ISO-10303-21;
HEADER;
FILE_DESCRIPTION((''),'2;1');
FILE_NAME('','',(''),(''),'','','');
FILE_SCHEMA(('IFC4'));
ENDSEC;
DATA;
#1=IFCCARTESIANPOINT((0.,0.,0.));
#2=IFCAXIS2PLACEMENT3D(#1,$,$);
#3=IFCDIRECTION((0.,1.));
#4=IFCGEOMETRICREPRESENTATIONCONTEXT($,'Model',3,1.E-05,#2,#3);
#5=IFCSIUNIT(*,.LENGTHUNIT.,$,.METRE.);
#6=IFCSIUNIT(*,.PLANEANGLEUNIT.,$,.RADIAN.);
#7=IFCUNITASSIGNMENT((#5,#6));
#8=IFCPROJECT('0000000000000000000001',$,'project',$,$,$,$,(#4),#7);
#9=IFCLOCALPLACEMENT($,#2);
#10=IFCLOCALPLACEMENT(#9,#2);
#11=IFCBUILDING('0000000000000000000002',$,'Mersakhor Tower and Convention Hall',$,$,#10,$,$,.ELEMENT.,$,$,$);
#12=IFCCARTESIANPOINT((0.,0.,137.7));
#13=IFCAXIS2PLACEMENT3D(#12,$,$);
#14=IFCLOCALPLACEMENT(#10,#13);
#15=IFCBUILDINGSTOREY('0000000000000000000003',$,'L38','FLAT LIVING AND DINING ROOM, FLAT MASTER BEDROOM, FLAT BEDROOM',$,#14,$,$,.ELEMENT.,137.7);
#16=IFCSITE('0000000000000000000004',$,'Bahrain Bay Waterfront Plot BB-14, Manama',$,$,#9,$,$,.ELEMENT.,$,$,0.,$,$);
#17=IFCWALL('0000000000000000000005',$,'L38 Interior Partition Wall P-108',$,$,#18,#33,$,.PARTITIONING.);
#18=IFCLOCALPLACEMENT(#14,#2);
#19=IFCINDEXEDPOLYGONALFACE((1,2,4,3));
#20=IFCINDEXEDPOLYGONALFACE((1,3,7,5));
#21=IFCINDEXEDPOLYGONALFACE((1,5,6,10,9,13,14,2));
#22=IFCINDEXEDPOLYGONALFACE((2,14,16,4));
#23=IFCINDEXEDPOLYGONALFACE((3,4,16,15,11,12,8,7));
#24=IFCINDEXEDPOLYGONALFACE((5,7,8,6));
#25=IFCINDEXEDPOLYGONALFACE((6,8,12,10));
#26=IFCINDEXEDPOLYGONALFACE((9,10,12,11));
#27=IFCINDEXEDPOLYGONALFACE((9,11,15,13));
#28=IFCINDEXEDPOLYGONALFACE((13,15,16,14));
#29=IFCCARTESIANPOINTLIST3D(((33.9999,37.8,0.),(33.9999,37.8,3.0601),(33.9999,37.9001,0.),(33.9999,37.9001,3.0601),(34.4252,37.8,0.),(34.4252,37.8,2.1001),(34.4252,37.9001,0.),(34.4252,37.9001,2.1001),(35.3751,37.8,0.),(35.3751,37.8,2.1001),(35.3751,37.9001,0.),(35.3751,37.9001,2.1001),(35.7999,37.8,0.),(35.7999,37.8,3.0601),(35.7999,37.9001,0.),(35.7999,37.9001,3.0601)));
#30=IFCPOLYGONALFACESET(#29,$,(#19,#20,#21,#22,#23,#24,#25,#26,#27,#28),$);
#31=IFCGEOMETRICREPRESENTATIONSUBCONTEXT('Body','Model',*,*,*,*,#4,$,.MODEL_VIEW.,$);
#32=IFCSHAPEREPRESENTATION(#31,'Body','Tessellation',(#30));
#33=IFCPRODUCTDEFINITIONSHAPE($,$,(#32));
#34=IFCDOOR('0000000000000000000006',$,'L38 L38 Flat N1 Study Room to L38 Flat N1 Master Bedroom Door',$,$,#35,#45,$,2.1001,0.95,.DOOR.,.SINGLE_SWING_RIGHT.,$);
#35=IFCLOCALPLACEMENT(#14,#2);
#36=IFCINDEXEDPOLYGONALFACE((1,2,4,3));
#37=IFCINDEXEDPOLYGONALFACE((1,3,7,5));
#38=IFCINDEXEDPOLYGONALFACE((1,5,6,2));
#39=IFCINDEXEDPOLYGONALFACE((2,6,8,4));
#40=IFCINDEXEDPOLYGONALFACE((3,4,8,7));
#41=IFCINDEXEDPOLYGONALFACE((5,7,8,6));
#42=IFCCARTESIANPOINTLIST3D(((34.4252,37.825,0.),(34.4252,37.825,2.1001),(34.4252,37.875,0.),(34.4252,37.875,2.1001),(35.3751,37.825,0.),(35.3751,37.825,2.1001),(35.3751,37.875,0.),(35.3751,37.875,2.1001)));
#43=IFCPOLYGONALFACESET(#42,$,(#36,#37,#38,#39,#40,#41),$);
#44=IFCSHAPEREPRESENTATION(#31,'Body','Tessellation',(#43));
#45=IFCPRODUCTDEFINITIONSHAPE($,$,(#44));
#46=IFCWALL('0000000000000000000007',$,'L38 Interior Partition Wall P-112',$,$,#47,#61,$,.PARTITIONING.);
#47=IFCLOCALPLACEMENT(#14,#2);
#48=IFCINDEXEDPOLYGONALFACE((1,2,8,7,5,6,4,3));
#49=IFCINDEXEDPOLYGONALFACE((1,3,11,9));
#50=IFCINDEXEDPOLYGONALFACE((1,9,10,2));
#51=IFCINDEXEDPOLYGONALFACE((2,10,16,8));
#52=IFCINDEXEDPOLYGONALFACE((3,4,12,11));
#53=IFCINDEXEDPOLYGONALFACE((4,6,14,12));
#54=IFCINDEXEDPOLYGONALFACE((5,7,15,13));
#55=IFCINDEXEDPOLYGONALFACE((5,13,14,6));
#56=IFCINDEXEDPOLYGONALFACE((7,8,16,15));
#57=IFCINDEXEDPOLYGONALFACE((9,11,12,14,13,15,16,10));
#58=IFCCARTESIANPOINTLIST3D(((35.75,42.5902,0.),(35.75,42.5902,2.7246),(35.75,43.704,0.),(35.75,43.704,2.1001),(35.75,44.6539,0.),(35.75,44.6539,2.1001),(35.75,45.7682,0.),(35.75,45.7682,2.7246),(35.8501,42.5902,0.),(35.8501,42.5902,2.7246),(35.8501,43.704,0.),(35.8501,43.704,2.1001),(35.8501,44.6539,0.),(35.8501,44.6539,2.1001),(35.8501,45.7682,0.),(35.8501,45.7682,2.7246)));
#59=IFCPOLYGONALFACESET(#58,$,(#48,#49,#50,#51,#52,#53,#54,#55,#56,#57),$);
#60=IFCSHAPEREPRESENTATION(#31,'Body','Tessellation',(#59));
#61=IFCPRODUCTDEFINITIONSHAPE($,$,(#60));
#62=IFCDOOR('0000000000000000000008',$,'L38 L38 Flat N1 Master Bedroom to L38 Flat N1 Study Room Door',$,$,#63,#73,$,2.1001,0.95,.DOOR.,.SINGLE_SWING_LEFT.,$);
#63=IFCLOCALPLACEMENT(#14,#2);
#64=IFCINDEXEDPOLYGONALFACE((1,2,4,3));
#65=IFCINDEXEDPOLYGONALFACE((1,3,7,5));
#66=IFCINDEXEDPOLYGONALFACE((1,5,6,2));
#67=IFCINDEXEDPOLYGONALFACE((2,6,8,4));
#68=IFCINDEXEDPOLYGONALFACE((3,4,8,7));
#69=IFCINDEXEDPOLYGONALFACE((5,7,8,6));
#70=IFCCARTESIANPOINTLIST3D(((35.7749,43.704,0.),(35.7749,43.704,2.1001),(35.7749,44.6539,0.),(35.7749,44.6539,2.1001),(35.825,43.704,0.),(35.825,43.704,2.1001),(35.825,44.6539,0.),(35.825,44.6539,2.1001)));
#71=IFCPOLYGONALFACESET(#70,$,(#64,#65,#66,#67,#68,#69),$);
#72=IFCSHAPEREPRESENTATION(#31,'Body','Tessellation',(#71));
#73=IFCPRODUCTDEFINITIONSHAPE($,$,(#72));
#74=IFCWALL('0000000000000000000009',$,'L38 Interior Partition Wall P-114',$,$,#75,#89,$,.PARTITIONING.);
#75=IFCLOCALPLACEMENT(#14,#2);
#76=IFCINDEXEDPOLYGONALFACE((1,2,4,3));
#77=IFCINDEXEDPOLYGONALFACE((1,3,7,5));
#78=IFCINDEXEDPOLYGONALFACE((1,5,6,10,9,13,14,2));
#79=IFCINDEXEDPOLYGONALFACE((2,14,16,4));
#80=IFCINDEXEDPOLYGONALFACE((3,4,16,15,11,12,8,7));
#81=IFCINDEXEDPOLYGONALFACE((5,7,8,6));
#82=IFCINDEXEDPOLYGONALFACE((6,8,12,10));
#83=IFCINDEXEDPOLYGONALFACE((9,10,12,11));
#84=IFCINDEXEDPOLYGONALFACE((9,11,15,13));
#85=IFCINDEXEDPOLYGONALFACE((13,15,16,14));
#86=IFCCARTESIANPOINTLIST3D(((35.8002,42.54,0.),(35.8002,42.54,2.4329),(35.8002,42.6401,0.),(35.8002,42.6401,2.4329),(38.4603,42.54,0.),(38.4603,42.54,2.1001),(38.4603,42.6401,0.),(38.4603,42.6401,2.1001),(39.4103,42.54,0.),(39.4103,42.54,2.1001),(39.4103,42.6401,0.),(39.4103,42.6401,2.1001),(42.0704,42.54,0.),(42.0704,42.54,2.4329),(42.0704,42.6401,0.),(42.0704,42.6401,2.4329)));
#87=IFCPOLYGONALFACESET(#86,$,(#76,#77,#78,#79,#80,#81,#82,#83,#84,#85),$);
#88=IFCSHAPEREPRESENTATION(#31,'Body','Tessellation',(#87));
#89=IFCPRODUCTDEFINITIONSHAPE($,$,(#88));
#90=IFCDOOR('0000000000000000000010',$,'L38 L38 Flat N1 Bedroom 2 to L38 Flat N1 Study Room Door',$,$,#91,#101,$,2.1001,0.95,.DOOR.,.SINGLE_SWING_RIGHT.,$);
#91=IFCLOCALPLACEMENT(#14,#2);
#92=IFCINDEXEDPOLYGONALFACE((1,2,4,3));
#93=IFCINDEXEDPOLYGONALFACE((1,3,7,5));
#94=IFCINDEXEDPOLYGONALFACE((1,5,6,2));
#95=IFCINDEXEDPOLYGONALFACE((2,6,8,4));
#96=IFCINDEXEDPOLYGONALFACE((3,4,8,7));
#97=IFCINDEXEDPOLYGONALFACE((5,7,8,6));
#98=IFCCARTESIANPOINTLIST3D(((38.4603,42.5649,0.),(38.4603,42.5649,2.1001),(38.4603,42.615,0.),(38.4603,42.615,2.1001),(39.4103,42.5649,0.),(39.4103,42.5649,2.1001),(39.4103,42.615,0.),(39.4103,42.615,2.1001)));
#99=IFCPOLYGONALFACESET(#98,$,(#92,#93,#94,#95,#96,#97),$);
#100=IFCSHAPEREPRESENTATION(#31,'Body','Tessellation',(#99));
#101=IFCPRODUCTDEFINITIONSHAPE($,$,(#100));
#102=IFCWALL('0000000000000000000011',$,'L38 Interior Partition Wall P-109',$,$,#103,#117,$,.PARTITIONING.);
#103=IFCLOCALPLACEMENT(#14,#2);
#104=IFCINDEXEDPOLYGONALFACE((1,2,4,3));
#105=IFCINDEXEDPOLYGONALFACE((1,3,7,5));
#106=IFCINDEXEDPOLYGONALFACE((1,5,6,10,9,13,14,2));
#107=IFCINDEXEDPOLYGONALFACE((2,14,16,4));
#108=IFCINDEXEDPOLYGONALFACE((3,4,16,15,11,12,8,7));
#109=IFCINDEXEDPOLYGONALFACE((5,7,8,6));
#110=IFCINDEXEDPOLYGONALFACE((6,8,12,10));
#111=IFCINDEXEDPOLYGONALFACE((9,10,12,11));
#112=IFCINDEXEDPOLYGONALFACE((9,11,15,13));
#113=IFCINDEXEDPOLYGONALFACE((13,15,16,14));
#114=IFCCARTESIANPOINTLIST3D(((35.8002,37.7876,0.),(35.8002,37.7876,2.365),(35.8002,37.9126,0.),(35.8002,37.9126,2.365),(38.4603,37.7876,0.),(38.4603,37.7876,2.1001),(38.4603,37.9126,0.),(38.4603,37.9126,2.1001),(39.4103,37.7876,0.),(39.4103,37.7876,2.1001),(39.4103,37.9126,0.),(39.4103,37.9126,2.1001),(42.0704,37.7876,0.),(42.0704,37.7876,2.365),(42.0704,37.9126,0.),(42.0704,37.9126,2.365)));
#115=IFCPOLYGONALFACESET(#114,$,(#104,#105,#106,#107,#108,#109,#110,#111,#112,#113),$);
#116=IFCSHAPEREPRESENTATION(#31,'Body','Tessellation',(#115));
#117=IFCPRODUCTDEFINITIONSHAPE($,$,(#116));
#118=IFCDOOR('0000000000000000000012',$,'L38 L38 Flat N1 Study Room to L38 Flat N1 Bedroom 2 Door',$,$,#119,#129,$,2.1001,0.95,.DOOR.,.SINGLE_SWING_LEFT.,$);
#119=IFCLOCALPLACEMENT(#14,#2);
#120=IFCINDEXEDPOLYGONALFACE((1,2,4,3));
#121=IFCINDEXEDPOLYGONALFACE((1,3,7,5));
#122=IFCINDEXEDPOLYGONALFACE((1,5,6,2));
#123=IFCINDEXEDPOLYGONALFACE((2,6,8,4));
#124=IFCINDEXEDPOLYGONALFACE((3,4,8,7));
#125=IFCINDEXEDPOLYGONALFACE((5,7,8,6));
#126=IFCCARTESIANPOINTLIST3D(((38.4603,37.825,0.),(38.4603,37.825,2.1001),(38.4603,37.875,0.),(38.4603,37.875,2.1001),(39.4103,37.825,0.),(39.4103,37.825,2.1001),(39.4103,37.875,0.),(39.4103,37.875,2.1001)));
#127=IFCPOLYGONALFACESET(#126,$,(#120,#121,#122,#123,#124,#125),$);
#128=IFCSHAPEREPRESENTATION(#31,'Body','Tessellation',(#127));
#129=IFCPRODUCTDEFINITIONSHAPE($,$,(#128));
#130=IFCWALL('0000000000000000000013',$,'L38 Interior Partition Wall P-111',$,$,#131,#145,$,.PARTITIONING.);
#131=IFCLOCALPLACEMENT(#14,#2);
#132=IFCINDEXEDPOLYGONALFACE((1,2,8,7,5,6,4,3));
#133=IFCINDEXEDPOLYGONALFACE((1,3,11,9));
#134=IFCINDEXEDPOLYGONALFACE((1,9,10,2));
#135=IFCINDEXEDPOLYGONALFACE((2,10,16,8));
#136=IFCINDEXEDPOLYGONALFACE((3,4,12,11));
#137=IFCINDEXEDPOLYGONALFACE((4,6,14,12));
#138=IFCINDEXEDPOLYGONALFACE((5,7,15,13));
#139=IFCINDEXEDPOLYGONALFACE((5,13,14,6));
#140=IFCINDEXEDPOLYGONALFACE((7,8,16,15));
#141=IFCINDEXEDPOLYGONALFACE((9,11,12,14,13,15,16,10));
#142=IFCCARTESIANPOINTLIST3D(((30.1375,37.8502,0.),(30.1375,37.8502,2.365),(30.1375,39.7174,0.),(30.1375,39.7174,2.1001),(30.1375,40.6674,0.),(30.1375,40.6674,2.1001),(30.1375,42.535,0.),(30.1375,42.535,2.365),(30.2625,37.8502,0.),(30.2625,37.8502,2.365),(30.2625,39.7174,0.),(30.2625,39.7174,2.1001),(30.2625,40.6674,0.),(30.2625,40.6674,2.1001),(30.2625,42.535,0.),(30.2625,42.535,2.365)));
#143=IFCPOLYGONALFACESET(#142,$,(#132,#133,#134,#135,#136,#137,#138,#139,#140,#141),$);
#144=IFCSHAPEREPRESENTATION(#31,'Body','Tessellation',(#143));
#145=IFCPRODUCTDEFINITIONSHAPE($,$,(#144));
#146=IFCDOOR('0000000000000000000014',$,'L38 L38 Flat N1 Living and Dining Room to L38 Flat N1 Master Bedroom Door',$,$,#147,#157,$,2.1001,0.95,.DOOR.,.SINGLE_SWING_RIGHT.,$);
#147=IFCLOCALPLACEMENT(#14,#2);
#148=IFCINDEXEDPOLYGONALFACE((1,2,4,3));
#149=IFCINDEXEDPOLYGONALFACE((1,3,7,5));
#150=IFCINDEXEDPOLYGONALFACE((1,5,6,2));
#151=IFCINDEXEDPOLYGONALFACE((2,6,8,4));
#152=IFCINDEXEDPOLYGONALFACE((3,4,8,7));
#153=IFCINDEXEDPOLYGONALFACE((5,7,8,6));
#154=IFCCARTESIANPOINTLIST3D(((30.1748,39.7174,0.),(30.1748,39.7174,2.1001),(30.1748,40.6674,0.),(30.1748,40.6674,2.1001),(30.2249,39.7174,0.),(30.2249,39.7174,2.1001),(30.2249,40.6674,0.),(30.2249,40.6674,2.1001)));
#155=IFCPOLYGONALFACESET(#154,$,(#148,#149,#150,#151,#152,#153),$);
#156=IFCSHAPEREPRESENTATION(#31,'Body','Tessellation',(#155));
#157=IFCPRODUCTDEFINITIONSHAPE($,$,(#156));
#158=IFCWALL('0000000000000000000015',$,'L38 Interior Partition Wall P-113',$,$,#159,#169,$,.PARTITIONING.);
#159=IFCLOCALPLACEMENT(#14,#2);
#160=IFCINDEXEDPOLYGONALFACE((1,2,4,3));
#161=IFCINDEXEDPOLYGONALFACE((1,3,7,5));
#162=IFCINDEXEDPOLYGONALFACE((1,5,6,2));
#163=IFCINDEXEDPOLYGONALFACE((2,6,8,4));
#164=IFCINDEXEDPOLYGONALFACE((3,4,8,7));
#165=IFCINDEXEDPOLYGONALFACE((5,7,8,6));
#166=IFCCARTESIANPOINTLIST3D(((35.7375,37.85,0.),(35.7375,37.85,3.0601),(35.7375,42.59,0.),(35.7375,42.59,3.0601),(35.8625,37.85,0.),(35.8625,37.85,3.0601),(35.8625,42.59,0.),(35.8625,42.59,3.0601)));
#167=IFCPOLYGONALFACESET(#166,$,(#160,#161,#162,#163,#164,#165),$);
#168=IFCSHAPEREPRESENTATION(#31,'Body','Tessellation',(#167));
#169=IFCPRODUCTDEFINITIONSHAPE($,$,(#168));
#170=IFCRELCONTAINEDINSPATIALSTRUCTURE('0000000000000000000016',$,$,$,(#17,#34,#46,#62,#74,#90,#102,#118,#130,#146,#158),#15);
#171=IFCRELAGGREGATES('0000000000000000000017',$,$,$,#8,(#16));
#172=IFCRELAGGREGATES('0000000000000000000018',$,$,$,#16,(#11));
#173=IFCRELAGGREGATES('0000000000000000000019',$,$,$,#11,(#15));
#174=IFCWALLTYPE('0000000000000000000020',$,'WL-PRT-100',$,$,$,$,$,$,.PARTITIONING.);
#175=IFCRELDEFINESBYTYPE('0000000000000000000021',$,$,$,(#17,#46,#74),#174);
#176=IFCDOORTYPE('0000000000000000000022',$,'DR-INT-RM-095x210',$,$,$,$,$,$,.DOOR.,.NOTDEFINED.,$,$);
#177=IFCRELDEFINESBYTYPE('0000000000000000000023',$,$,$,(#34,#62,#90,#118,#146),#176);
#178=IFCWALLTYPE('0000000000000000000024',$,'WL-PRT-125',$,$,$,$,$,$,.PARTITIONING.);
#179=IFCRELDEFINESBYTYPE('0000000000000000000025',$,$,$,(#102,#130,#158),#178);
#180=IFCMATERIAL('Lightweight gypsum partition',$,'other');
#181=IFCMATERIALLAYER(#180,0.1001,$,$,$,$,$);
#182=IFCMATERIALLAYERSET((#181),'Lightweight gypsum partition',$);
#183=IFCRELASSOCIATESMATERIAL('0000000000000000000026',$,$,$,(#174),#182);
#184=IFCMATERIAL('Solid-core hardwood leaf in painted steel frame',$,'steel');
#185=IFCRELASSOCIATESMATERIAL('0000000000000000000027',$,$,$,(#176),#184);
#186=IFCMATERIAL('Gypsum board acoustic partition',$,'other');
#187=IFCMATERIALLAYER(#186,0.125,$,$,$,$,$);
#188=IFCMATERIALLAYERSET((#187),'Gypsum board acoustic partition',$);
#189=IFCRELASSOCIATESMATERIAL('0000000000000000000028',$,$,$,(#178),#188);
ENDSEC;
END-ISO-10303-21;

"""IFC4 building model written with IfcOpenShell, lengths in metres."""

from ifc_helpers import new_model, si_unit, direction, frame, frame_2d, origin, place, context, subcontext, project, spatial, rectangle, extrude, material, layer, layer_set, type_object, element, fill, save


model = new_model("IFC4")

# Units and contexts
model_context = context("Model", 3, precision=1e-05, world=origin(), true_north=direction((0.0, 1.0)))
body_context = subcontext(model_context, "Body", "Model", "MODEL_VIEW")
ifc_project = project(units=[si_unit("LENGTHUNIT", "METRE"), si_unit("PLANEANGLEUNIT", "RADIAN")], contexts=[model_context])

# Site, building, storey
site_placement = place(None, origin())
site = spatial("IfcSite", under=ifc_project, at=site_placement, Name="Bahrain Bay Waterfront Plot BB-14, Manama", CompositionType="ELEMENT", RefElevation=0.0)
building_placement = place(site_placement, origin())
building = spatial("IfcBuilding", under=site, at=building_placement, Name="Mersakhor Tower and Convention Hall", CompositionType="ELEMENT")
storey_placement = place(building_placement, frame((0.0, 0.0, 137.7)))
storey = spatial("IfcBuildingStorey", under=building, at=storey_placement, Name="L38", Description="FLAT LIVING AND DINING ROOM, FLAT MASTER BEDROOM, FLAT BEDROOM", CompositionType="ELEMENT", Elevation=137.7)

# Walls, openings, doors
ifc_material_1 = material(Name="Lightweight gypsum partition", Category="other")
ifc_layer_1 = layer(ifc_material_1, 0.1001)
ifc_layer_set_1 = layer_set([ifc_layer_1], Name="Lightweight gypsum partition")
wall_type_1 = type_object("IfcWallType", Name="WL-PRT-100", PredefinedType="PARTITIONING", material=ifc_layer_set_1)
wall_1_placement = place(storey_placement, frame((34.0, 37.8501, 0.0), z_axis=(0.0, 0.0, 1.0), x_axis=(1.0, 0.0, 0.0)))
wall_1 = element("IfcWall", 1, at=wall_1_placement, inside=storey, type_object=wall_type_1, Name="L38 Interior Partition Wall P-108", PredefinedType="PARTITIONING", context=body_context, shape_type="SweptSolid", body=[
    extrude(rectangle(XDim=1.8, YDim=0.1001, at=frame_2d((0.8999, 0.0))), origin(), (0.0, 0.0, 1.0), 3.0601),
])
opening_1_placement = place(wall_1_placement, frame((0.425, 0.0, 0.0)))
opening_1 = element("IfcOpeningElement", 2, at=opening_1_placement, cuts=wall_1, PredefinedType="OPENING", context=body_context, shape_type="SweptSolid", body=[
    extrude(rectangle(XDim=0.95, YDim=2.1001, at=frame_2d((0.4751, 1.05))), frame((0.0, 0.0601, 0.0), z_axis=(0.0, -1.0, 0.0), x_axis=(1.0, 0.0, 0.0)), (0.0, 0.0, 1.0), 0.1201),
])
ifc_material_2 = material(Name="Solid-core hardwood leaf in painted steel frame", Category="steel")
door_type_1 = type_object("IfcDoorType", Name="DR-INT-RM-095x210", OperationType="NOTDEFINED", PredefinedType="DOOR", material=ifc_material_2)
door_1_placement = place(opening_1_placement, origin())
door_1 = element("IfcDoor", 3, at=door_1_placement, inside=storey, type_object=door_type_1, Name="L38 L38 Flat N1 Study Room to L38 Flat N1 Master Bedroom Door", OperationType="SINGLE_SWING_RIGHT", OverallHeight=2.1001, OverallWidth=0.95, PredefinedType="DOOR", context=body_context, shape_type="SweptSolid", body=[
    extrude(rectangle(XDim=0.95, YDim=2.1001, at=frame_2d((0.4751, 1.05))), frame((0.0, 0.0249, 0.0), z_axis=(0.0, -1.0, 0.0), x_axis=(1.0, 0.0, 0.0)), (0.0, 0.0, 1.0), 0.05),
])
fill(opening_1, door_1)
wall_2_placement = place(storey_placement, frame((35.8, 45.7681, 0.0), z_axis=(0.0, 0.0, 1.0), x_axis=(0.0, -1.0, 0.0)))
wall_2 = element("IfcWall", 4, at=wall_2_placement, inside=storey, type_object=wall_type_1, Name="L38 Interior Partition Wall P-112", PredefinedType="PARTITIONING", context=body_context, shape_type="SweptSolid", body=[
    extrude(rectangle(XDim=3.178, YDim=0.1001, at=frame_2d((1.5889, 0.0))), origin(), (0.0, 0.0, 1.0), 2.7246),
])
opening_2_placement = place(wall_2_placement, frame((1.114, 0.0, 0.0)))
opening_2 = element("IfcOpeningElement", 5, at=opening_2_placement, cuts=wall_2, PredefinedType="OPENING", context=body_context, shape_type="SweptSolid", body=[
    extrude(rectangle(XDim=0.95, YDim=2.1001, at=frame_2d((0.4751, 1.05))), frame((0.0, 0.0601, 0.0), z_axis=(0.0, -1.0, 0.0), x_axis=(1.0, 0.0, 0.0)), (0.0, 0.0, 1.0), 0.1201),
])
door_2_placement = place(opening_2_placement, origin())
door_2 = element("IfcDoor", 6, at=door_2_placement, inside=storey, type_object=door_type_1, Name="L38 L38 Flat N1 Master Bedroom to L38 Flat N1 Study Room Door", OperationType="SINGLE_SWING_LEFT", OverallHeight=2.1001, OverallWidth=0.95, PredefinedType="DOOR", context=body_context, shape_type="SweptSolid", body=[
    extrude(rectangle(XDim=0.95, YDim=2.1001, at=frame_2d((0.4751, 1.05))), frame((0.0, 0.0249, 0.0), z_axis=(0.0, -1.0, 0.0), x_axis=(1.0, 0.0, 0.0)), (0.0, 0.0, 1.0), 0.05),
])
fill(opening_2, door_2)
wall_3_placement = place(storey_placement, frame((35.8, 42.5901, 0.0), z_axis=(0.0, 0.0, 1.0), x_axis=(1.0, 0.0, 0.0)))
wall_3 = element("IfcWall", 7, at=wall_3_placement, inside=storey, type_object=wall_type_1, Name="L38 Interior Partition Wall P-114", PredefinedType="PARTITIONING", context=body_context, shape_type="SweptSolid", body=[
    extrude(rectangle(XDim=6.2703, YDim=0.1001, at=frame_2d((3.1353, 0.0))), origin(), (0.0, 0.0, 1.0), 2.4329),
])
opening_3_placement = place(wall_3_placement, frame((2.6602, 0.0, 0.0)))
opening_3 = element("IfcOpeningElement", 8, at=opening_3_placement, cuts=wall_3, PredefinedType="OPENING", context=body_context, shape_type="SweptSolid", body=[
    extrude(rectangle(XDim=0.95, YDim=2.1001, at=frame_2d((0.4751, 1.05))), frame((0.0, 0.0601, 0.0), z_axis=(0.0, -1.0, 0.0), x_axis=(1.0, 0.0, 0.0)), (0.0, 0.0, 1.0), 0.1201),
])
door_3_placement = place(opening_3_placement, origin())
door_3 = element("IfcDoor", 9, at=door_3_placement, inside=storey, type_object=door_type_1, Name="L38 L38 Flat N1 Bedroom 2 to L38 Flat N1 Study Room Door", OperationType="SINGLE_SWING_RIGHT", OverallHeight=2.1001, OverallWidth=0.95, PredefinedType="DOOR", context=body_context, shape_type="SweptSolid", body=[
    extrude(rectangle(XDim=0.95, YDim=2.1001, at=frame_2d((0.4751, 1.05))), frame((0.0, 0.0249, 0.0), z_axis=(0.0, -1.0, 0.0), x_axis=(1.0, 0.0, 0.0)), (0.0, 0.0, 1.0), 0.05),
])
fill(opening_3, door_3)
ifc_material_3 = material(Name="Gypsum board acoustic partition", Category="other")
ifc_layer_2 = layer(ifc_material_3, 0.125)
ifc_layer_set_2 = layer_set([ifc_layer_2], Name="Gypsum board acoustic partition")
wall_type_2 = type_object("IfcWallType", Name="WL-PRT-125", PredefinedType="PARTITIONING", material=ifc_layer_set_2)
wall_4_placement = place(storey_placement, frame((35.8, 37.8501, 0.0), z_axis=(0.0, 0.0, 1.0), x_axis=(1.0, 0.0, 0.0)))
wall_4 = element("IfcWall", 10, at=wall_4_placement, inside=storey, type_object=wall_type_2, Name="L38 Interior Partition Wall P-109", PredefinedType="PARTITIONING", context=body_context, shape_type="SweptSolid", body=[
    extrude(rectangle(XDim=6.2703, YDim=0.125, at=frame_2d((3.1353, 0.0))), origin(), (0.0, 0.0, 1.0), 2.365),
])
opening_4_placement = place(wall_4_placement, frame((2.6602, 0.0, 0.0)))
opening_4 = element("IfcOpeningElement", 11, at=opening_4_placement, cuts=wall_4, PredefinedType="OPENING", context=body_context, shape_type="SweptSolid", body=[
    extrude(rectangle(XDim=0.95, YDim=2.1001, at=frame_2d((0.4751, 1.05))), frame((0.0, 0.0725, 0.0), z_axis=(0.0, -1.0, 0.0), x_axis=(1.0, 0.0, 0.0)), (0.0, 0.0, 1.0), 0.145),
])
door_4_placement = place(opening_4_placement, origin())
door_4 = element("IfcDoor", 12, at=door_4_placement, inside=storey, type_object=door_type_1, Name="L38 L38 Flat N1 Study Room to L38 Flat N1 Bedroom 2 Door", OperationType="SINGLE_SWING_LEFT", OverallHeight=2.1001, OverallWidth=0.95, PredefinedType="DOOR", context=body_context, shape_type="SweptSolid", body=[
    extrude(rectangle(XDim=0.95, YDim=2.1001, at=frame_2d((0.4751, 1.05))), frame((0.0, 0.0249, 0.0), z_axis=(0.0, -1.0, 0.0), x_axis=(1.0, 0.0, 0.0)), (0.0, 0.0, 1.0), 0.05),
])
fill(opening_4, door_4)
wall_5_placement = place(storey_placement, frame((30.2, 42.5349, 0.0), z_axis=(0.0, 0.0, 1.0), x_axis=(0.0, -1.0, 0.0)))
wall_5 = element("IfcWall", 13, at=wall_5_placement, inside=storey, type_object=wall_type_2, Name="L38 Interior Partition Wall P-111", PredefinedType="PARTITIONING", context=body_context, shape_type="SweptSolid", body=[
    extrude(rectangle(XDim=4.6848, YDim=0.125, at=frame_2d((2.3423, 0.0))), origin(), (0.0, 0.0, 1.0), 2.365),
])
opening_5_placement = place(wall_5_placement, frame((1.8674, 0.0, 0.0)))
opening_5 = element("IfcOpeningElement", 14, at=opening_5_placement, cuts=wall_5, PredefinedType="OPENING", context=body_context, shape_type="SweptSolid", body=[
    extrude(rectangle(XDim=0.95, YDim=2.1001, at=frame_2d((0.4751, 1.05))), frame((0.0, 0.0725, 0.0), z_axis=(0.0, -1.0, 0.0), x_axis=(1.0, 0.0, 0.0)), (0.0, 0.0, 1.0), 0.145),
])
door_5_placement = place(opening_5_placement, origin())
door_5 = element("IfcDoor", 15, at=door_5_placement, inside=storey, type_object=door_type_1, Name="L38 L38 Flat N1 Living and Dining Room to L38 Flat N1 Master Bedroom Door", OperationType="SINGLE_SWING_RIGHT", OverallHeight=2.1001, OverallWidth=0.95, PredefinedType="DOOR", context=body_context, shape_type="SweptSolid", body=[
    extrude(rectangle(XDim=0.95, YDim=2.1001, at=frame_2d((0.4751, 1.05))), frame((0.0, 0.0249, 0.0), z_axis=(0.0, -1.0, 0.0), x_axis=(1.0, 0.0, 0.0)), (0.0, 0.0, 1.0), 0.05),
])
fill(opening_5, door_5)

# Wall
wall_6_placement = place(storey_placement, frame((35.8, 42.5901, 0.0), z_axis=(0.0, 0.0, 1.0), x_axis=(0.0, -1.0, 0.0)))
element("IfcWall", 16, at=wall_6_placement, inside=storey, type_object=wall_type_2, Name="L38 Interior Partition Wall P-113", PredefinedType="PARTITIONING", context=body_context, shape_type="SweptSolid", body=[
    extrude(rectangle(XDim=4.74, YDim=0.125, at=frame_2d((2.3701, 0.0))), origin(), (0.0, 0.0, 1.0), 3.0601),
])

save(model, "model.ifc")
